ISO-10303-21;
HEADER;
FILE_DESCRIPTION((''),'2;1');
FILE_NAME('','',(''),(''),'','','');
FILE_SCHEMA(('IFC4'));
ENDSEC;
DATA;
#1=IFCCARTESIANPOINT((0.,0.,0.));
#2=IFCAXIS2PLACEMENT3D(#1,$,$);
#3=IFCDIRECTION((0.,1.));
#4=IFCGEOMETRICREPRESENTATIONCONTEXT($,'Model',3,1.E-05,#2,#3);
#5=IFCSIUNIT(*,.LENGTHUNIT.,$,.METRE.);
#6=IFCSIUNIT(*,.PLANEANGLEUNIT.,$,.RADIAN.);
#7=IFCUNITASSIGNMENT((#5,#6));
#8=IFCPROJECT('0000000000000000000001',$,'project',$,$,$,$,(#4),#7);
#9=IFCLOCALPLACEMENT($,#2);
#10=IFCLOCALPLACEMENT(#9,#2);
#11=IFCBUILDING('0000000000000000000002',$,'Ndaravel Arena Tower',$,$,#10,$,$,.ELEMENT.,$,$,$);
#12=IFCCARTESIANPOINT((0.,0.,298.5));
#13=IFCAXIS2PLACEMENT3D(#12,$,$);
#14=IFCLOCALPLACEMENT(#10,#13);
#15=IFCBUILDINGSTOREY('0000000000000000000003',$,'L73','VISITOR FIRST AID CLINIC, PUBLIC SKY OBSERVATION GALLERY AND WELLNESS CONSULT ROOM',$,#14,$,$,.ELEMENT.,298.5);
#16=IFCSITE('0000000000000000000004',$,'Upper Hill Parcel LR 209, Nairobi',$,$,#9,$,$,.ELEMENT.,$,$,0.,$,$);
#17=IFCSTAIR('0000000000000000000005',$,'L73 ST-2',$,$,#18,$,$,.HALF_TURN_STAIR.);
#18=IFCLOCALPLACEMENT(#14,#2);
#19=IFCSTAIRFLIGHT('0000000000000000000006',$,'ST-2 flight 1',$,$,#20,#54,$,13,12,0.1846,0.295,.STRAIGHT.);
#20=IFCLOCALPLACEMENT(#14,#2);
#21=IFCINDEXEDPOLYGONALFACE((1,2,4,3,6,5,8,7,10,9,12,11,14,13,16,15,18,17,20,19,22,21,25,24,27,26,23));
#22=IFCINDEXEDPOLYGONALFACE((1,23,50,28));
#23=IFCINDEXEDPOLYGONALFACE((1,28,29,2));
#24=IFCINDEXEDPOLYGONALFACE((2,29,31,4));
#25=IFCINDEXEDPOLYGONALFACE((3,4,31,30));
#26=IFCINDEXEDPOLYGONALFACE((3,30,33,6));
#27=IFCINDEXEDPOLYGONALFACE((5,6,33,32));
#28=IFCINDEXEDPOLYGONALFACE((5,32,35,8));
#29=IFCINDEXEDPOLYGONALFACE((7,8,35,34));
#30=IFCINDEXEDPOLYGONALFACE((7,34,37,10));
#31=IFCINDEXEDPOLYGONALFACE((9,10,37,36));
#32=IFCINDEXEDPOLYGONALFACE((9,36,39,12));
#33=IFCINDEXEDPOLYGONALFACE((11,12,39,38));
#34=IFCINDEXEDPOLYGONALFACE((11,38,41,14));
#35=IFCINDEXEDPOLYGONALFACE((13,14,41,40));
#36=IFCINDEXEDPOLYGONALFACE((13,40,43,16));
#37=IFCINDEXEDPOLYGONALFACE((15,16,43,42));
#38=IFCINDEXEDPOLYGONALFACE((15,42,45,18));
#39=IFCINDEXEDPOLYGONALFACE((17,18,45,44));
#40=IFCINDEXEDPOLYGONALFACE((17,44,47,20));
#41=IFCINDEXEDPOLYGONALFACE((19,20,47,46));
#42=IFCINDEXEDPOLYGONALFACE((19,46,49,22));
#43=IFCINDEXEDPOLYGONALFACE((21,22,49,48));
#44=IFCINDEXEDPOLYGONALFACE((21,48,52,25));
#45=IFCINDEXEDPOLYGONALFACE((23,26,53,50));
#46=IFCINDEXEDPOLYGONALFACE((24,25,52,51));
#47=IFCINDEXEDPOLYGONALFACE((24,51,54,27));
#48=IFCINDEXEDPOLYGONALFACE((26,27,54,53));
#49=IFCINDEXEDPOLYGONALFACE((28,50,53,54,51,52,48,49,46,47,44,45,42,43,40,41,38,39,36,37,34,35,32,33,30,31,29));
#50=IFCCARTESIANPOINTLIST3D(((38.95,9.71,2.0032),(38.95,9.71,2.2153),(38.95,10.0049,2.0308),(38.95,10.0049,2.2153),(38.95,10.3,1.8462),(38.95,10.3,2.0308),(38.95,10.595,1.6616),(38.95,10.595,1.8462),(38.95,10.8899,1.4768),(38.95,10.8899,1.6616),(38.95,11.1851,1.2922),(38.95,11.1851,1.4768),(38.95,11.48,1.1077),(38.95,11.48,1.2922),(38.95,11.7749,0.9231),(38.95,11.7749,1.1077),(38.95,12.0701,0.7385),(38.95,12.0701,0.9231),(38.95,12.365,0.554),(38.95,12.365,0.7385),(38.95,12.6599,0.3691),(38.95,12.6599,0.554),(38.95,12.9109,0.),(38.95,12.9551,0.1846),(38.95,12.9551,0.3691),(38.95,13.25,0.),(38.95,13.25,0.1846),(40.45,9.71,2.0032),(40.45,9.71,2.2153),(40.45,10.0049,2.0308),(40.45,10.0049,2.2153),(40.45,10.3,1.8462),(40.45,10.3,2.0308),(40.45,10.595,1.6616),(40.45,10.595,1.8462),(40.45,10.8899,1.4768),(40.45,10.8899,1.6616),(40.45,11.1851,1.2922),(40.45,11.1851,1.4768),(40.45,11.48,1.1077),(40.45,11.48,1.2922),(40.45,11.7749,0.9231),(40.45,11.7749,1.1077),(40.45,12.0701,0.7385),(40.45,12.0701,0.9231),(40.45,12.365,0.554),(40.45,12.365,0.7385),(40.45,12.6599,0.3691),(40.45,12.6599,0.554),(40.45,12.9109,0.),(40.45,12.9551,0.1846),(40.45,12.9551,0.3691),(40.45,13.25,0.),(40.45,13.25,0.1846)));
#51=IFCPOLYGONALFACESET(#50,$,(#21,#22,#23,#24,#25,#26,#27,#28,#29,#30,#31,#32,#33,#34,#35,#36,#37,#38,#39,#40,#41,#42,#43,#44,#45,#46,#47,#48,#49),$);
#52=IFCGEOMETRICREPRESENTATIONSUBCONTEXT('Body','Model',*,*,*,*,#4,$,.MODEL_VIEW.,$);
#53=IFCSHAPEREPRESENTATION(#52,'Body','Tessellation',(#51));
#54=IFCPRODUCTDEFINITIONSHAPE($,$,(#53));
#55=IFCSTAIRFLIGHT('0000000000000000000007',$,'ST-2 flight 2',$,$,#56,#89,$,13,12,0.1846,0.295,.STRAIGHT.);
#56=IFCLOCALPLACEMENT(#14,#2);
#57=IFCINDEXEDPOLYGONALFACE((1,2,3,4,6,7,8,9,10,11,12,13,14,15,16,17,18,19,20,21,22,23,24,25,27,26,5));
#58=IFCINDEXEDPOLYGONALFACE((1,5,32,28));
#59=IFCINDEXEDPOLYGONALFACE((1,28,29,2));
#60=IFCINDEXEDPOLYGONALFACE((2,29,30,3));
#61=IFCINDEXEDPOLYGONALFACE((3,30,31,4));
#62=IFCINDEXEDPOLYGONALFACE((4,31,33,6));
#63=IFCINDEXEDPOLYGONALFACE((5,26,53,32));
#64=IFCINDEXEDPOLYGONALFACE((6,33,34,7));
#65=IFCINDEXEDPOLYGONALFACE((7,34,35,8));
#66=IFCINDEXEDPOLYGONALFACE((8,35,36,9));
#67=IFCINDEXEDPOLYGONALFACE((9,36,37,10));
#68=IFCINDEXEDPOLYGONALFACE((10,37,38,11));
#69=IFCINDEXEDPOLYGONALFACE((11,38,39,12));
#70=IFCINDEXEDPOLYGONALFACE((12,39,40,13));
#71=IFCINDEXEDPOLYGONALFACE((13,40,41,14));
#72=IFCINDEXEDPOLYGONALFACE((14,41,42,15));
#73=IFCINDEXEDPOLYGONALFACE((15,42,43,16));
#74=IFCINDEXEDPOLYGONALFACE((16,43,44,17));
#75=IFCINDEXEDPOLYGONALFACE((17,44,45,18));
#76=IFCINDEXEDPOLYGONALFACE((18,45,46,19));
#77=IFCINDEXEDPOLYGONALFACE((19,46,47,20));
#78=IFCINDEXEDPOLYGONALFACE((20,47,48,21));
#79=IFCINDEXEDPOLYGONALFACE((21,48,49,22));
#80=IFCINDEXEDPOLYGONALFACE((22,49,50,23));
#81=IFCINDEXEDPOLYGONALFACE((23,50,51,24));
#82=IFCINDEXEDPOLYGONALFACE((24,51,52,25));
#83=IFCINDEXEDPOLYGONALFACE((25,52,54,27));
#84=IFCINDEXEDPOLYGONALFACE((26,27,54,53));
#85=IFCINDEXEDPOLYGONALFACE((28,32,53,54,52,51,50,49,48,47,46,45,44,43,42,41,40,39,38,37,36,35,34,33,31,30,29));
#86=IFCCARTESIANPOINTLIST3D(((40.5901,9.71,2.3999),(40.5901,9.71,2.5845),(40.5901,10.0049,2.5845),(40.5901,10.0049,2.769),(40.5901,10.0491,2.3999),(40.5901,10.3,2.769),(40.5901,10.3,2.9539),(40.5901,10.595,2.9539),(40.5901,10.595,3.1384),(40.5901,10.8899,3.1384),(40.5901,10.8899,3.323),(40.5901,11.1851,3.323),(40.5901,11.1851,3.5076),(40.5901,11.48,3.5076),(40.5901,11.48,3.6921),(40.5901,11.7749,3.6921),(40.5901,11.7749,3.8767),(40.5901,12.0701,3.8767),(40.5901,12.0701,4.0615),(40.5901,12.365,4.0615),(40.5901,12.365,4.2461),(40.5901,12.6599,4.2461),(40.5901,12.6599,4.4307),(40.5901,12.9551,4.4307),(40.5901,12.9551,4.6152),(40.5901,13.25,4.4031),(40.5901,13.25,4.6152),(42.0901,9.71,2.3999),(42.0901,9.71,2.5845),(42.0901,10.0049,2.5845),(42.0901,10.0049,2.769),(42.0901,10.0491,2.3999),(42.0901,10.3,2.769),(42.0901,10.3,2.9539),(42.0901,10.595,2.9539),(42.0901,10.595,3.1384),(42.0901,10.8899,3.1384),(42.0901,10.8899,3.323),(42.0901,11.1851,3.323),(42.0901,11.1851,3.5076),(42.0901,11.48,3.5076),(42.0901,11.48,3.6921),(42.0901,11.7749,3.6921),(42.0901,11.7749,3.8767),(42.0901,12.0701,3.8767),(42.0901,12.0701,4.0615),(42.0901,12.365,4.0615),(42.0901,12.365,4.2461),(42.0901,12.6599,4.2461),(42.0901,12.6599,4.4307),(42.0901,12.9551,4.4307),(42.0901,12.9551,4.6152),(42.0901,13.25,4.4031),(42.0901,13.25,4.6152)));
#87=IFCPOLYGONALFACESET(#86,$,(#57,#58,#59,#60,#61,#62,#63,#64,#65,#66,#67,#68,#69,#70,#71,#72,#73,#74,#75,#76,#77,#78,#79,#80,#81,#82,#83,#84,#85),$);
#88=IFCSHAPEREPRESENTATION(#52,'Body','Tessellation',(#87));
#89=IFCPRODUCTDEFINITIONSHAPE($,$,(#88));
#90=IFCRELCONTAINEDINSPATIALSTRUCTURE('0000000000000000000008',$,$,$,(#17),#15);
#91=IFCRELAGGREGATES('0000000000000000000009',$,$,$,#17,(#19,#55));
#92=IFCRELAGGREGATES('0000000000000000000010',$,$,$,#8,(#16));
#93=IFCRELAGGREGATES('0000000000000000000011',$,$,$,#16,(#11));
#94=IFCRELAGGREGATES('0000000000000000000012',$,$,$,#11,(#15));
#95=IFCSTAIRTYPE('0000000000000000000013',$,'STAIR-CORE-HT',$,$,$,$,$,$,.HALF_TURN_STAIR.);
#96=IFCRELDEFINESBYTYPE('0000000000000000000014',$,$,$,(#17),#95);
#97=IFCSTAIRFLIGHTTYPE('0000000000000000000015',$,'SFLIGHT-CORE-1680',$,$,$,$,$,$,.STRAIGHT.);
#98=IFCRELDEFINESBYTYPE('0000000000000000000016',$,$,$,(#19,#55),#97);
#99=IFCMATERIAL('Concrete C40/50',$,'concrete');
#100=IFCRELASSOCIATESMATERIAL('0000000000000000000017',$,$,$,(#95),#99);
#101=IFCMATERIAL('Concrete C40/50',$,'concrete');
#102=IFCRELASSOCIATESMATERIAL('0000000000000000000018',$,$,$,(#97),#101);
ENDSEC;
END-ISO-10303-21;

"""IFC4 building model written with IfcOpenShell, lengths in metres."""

from ifc_helpers import new_model, si_unit, direction, frame, origin, place, context, subcontext, project, spatial, polyline, outline, extrude, material, type_object, element, aggregate, save


model = new_model("IFC4")

# Units and contexts
model_context = context("Model", 3, precision=1e-05, world=origin(), true_north=direction((0.0, 1.0)))
body_context = subcontext(model_context, "Body", "Model", "MODEL_VIEW")
ifc_project = project(units=[si_unit("LENGTHUNIT", "METRE"), si_unit("PLANEANGLEUNIT", "RADIAN")], contexts=[model_context])

# Site, building, storey
site_placement = place(None, origin())
site = spatial("IfcSite", under=ifc_project, at=site_placement, Name="Upper Hill Parcel LR 209, Nairobi", CompositionType="ELEMENT", RefElevation=0.0)
building_placement = place(site_placement, origin())
building = spatial("IfcBuilding", under=site, at=building_placement, Name="Ndaravel Arena Tower", CompositionType="ELEMENT")
storey_placement = place(building_placement, frame((0.0, 0.0, 298.5)))
storey = spatial("IfcBuildingStorey", under=building, at=storey_placement, Name="L73", Description="VISITOR FIRST AID CLINIC, PUBLIC SKY OBSERVATION GALLERY AND WELLNESS CONSULT ROOM", CompositionType="ELEMENT", Elevation=298.5)

# Stair, stair flights
ifc_material_1 = material(Name="Concrete C40/50", Category="concrete")
stair_type = type_object("IfcStairType", Name="STAIR-CORE-HT", PredefinedType="HALF_TURN_STAIR", material=ifc_material_1)
ifc_material_2 = material(Name="Concrete C40/50", Category="concrete")
stair_flight_type = type_object("IfcStairFlightType", Name="SFLIGHT-CORE-1680", PredefinedType="STRAIGHT", material=ifc_material_2)
stair_1_placement = place(storey_placement, origin())
stair_1 = element("IfcStair", 1, at=stair_1_placement, inside=storey, type_object=stair_type, Name="L73 ST-2", PredefinedType="HALF_TURN_STAIR")
stair_flight_1_placement = place(storey_placement, frame((39.7, 13.25, 0.0), z_axis=(0.0, 0.0, 1.0), x_axis=(0.0, -1.0, 0.0)))
stair_flight_1 = element("IfcStairFlight", 2, at=stair_flight_1_placement, type_object=stair_flight_type, Name="ST-2 flight 1", NumberOfRisers=13, NumberOfTreads=12, PredefinedType="STRAIGHT", RiserHeight=0.1846, TreadLength=0.295, context=body_context, shape_type="SweptSolid", body=[
    extrude(outline(polyline([(0.0, 0.0), (0.0, 0.1846), (0.2949, 0.1846), (0.2949, 0.3691), (0.5901, 0.3691), (0.5901, 0.554), (0.885, 0.554), (0.885, 0.7385), (1.1799, 0.7385), (1.1799, 0.9231), (1.4751, 0.9231), (1.4751, 1.1077), (1.77, 1.1077), (1.77, 1.2922), (2.0649, 1.2922), (2.0649, 1.4768), (2.3601, 1.4768), (2.3601, 1.6616), (2.655, 1.6616), (2.655, 1.8462), (2.95, 1.8462), (2.95, 2.0308), (3.2451, 2.0308), (3.2451, 2.2153), (3.54, 2.2153), (3.54, 2.3999), (3.54, 2.0032), (0.3391, 0.0), (0.0, 0.0)])), frame((0.0, 0.75, 0.0), z_axis=(0.0, -1.0, 0.0), x_axis=(1.0, 0.0, 0.0)), (0.0, 0.0, 1.0), 1.5),
])
stair_flight_2_placement = place(storey_placement, frame((41.3401, 9.71, 2.3999), z_axis=(0.0, 0.0, 1.0), x_axis=(0.0, 1.0, 0.0)))
stair_flight_2 = element("IfcStairFlight", 3, at=stair_flight_2_placement, type_object=stair_flight_type, Name="ST-2 flight 2", NumberOfRisers=13, NumberOfTreads=12, PredefinedType="STRAIGHT", RiserHeight=0.1846, TreadLength=0.295, context=body_context, shape_type="SweptSolid", body=[
    extrude(outline(polyline([(0.0, 0.0), (0.0, 0.1846), (0.2949, 0.1846), (0.2949, 0.3691), (0.5901, 0.3691), (0.5901, 0.554), (0.885, 0.554), (0.885, 0.7385), (1.1799, 0.7385), (1.1799, 0.9231), (1.4751, 0.9231), (1.4751, 1.1077), (1.77, 1.1077), (1.77, 1.2922), (2.0649, 1.2922), (2.0649, 1.4768), (2.3601, 1.4768), (2.3601, 1.6616), (2.655, 1.6616), (2.655, 1.8462), (2.95, 1.8462), (2.95, 2.0308), (3.2451, 2.0308), (3.2451, 2.2153), (3.54, 2.2153), (3.54, 2.3999), (3.54, 2.0032), (0.3391, 0.0), (0.0, 0.0)])), frame((0.0, 0.75, 0.0), z_axis=(0.0, -1.0, 0.0), x_axis=(1.0, 0.0, 0.0)), (0.0, 0.0, 1.0), 1.5),
])
aggregate(stair_1, [stair_flight_1, stair_flight_2])

save(model, "model.ifc")
